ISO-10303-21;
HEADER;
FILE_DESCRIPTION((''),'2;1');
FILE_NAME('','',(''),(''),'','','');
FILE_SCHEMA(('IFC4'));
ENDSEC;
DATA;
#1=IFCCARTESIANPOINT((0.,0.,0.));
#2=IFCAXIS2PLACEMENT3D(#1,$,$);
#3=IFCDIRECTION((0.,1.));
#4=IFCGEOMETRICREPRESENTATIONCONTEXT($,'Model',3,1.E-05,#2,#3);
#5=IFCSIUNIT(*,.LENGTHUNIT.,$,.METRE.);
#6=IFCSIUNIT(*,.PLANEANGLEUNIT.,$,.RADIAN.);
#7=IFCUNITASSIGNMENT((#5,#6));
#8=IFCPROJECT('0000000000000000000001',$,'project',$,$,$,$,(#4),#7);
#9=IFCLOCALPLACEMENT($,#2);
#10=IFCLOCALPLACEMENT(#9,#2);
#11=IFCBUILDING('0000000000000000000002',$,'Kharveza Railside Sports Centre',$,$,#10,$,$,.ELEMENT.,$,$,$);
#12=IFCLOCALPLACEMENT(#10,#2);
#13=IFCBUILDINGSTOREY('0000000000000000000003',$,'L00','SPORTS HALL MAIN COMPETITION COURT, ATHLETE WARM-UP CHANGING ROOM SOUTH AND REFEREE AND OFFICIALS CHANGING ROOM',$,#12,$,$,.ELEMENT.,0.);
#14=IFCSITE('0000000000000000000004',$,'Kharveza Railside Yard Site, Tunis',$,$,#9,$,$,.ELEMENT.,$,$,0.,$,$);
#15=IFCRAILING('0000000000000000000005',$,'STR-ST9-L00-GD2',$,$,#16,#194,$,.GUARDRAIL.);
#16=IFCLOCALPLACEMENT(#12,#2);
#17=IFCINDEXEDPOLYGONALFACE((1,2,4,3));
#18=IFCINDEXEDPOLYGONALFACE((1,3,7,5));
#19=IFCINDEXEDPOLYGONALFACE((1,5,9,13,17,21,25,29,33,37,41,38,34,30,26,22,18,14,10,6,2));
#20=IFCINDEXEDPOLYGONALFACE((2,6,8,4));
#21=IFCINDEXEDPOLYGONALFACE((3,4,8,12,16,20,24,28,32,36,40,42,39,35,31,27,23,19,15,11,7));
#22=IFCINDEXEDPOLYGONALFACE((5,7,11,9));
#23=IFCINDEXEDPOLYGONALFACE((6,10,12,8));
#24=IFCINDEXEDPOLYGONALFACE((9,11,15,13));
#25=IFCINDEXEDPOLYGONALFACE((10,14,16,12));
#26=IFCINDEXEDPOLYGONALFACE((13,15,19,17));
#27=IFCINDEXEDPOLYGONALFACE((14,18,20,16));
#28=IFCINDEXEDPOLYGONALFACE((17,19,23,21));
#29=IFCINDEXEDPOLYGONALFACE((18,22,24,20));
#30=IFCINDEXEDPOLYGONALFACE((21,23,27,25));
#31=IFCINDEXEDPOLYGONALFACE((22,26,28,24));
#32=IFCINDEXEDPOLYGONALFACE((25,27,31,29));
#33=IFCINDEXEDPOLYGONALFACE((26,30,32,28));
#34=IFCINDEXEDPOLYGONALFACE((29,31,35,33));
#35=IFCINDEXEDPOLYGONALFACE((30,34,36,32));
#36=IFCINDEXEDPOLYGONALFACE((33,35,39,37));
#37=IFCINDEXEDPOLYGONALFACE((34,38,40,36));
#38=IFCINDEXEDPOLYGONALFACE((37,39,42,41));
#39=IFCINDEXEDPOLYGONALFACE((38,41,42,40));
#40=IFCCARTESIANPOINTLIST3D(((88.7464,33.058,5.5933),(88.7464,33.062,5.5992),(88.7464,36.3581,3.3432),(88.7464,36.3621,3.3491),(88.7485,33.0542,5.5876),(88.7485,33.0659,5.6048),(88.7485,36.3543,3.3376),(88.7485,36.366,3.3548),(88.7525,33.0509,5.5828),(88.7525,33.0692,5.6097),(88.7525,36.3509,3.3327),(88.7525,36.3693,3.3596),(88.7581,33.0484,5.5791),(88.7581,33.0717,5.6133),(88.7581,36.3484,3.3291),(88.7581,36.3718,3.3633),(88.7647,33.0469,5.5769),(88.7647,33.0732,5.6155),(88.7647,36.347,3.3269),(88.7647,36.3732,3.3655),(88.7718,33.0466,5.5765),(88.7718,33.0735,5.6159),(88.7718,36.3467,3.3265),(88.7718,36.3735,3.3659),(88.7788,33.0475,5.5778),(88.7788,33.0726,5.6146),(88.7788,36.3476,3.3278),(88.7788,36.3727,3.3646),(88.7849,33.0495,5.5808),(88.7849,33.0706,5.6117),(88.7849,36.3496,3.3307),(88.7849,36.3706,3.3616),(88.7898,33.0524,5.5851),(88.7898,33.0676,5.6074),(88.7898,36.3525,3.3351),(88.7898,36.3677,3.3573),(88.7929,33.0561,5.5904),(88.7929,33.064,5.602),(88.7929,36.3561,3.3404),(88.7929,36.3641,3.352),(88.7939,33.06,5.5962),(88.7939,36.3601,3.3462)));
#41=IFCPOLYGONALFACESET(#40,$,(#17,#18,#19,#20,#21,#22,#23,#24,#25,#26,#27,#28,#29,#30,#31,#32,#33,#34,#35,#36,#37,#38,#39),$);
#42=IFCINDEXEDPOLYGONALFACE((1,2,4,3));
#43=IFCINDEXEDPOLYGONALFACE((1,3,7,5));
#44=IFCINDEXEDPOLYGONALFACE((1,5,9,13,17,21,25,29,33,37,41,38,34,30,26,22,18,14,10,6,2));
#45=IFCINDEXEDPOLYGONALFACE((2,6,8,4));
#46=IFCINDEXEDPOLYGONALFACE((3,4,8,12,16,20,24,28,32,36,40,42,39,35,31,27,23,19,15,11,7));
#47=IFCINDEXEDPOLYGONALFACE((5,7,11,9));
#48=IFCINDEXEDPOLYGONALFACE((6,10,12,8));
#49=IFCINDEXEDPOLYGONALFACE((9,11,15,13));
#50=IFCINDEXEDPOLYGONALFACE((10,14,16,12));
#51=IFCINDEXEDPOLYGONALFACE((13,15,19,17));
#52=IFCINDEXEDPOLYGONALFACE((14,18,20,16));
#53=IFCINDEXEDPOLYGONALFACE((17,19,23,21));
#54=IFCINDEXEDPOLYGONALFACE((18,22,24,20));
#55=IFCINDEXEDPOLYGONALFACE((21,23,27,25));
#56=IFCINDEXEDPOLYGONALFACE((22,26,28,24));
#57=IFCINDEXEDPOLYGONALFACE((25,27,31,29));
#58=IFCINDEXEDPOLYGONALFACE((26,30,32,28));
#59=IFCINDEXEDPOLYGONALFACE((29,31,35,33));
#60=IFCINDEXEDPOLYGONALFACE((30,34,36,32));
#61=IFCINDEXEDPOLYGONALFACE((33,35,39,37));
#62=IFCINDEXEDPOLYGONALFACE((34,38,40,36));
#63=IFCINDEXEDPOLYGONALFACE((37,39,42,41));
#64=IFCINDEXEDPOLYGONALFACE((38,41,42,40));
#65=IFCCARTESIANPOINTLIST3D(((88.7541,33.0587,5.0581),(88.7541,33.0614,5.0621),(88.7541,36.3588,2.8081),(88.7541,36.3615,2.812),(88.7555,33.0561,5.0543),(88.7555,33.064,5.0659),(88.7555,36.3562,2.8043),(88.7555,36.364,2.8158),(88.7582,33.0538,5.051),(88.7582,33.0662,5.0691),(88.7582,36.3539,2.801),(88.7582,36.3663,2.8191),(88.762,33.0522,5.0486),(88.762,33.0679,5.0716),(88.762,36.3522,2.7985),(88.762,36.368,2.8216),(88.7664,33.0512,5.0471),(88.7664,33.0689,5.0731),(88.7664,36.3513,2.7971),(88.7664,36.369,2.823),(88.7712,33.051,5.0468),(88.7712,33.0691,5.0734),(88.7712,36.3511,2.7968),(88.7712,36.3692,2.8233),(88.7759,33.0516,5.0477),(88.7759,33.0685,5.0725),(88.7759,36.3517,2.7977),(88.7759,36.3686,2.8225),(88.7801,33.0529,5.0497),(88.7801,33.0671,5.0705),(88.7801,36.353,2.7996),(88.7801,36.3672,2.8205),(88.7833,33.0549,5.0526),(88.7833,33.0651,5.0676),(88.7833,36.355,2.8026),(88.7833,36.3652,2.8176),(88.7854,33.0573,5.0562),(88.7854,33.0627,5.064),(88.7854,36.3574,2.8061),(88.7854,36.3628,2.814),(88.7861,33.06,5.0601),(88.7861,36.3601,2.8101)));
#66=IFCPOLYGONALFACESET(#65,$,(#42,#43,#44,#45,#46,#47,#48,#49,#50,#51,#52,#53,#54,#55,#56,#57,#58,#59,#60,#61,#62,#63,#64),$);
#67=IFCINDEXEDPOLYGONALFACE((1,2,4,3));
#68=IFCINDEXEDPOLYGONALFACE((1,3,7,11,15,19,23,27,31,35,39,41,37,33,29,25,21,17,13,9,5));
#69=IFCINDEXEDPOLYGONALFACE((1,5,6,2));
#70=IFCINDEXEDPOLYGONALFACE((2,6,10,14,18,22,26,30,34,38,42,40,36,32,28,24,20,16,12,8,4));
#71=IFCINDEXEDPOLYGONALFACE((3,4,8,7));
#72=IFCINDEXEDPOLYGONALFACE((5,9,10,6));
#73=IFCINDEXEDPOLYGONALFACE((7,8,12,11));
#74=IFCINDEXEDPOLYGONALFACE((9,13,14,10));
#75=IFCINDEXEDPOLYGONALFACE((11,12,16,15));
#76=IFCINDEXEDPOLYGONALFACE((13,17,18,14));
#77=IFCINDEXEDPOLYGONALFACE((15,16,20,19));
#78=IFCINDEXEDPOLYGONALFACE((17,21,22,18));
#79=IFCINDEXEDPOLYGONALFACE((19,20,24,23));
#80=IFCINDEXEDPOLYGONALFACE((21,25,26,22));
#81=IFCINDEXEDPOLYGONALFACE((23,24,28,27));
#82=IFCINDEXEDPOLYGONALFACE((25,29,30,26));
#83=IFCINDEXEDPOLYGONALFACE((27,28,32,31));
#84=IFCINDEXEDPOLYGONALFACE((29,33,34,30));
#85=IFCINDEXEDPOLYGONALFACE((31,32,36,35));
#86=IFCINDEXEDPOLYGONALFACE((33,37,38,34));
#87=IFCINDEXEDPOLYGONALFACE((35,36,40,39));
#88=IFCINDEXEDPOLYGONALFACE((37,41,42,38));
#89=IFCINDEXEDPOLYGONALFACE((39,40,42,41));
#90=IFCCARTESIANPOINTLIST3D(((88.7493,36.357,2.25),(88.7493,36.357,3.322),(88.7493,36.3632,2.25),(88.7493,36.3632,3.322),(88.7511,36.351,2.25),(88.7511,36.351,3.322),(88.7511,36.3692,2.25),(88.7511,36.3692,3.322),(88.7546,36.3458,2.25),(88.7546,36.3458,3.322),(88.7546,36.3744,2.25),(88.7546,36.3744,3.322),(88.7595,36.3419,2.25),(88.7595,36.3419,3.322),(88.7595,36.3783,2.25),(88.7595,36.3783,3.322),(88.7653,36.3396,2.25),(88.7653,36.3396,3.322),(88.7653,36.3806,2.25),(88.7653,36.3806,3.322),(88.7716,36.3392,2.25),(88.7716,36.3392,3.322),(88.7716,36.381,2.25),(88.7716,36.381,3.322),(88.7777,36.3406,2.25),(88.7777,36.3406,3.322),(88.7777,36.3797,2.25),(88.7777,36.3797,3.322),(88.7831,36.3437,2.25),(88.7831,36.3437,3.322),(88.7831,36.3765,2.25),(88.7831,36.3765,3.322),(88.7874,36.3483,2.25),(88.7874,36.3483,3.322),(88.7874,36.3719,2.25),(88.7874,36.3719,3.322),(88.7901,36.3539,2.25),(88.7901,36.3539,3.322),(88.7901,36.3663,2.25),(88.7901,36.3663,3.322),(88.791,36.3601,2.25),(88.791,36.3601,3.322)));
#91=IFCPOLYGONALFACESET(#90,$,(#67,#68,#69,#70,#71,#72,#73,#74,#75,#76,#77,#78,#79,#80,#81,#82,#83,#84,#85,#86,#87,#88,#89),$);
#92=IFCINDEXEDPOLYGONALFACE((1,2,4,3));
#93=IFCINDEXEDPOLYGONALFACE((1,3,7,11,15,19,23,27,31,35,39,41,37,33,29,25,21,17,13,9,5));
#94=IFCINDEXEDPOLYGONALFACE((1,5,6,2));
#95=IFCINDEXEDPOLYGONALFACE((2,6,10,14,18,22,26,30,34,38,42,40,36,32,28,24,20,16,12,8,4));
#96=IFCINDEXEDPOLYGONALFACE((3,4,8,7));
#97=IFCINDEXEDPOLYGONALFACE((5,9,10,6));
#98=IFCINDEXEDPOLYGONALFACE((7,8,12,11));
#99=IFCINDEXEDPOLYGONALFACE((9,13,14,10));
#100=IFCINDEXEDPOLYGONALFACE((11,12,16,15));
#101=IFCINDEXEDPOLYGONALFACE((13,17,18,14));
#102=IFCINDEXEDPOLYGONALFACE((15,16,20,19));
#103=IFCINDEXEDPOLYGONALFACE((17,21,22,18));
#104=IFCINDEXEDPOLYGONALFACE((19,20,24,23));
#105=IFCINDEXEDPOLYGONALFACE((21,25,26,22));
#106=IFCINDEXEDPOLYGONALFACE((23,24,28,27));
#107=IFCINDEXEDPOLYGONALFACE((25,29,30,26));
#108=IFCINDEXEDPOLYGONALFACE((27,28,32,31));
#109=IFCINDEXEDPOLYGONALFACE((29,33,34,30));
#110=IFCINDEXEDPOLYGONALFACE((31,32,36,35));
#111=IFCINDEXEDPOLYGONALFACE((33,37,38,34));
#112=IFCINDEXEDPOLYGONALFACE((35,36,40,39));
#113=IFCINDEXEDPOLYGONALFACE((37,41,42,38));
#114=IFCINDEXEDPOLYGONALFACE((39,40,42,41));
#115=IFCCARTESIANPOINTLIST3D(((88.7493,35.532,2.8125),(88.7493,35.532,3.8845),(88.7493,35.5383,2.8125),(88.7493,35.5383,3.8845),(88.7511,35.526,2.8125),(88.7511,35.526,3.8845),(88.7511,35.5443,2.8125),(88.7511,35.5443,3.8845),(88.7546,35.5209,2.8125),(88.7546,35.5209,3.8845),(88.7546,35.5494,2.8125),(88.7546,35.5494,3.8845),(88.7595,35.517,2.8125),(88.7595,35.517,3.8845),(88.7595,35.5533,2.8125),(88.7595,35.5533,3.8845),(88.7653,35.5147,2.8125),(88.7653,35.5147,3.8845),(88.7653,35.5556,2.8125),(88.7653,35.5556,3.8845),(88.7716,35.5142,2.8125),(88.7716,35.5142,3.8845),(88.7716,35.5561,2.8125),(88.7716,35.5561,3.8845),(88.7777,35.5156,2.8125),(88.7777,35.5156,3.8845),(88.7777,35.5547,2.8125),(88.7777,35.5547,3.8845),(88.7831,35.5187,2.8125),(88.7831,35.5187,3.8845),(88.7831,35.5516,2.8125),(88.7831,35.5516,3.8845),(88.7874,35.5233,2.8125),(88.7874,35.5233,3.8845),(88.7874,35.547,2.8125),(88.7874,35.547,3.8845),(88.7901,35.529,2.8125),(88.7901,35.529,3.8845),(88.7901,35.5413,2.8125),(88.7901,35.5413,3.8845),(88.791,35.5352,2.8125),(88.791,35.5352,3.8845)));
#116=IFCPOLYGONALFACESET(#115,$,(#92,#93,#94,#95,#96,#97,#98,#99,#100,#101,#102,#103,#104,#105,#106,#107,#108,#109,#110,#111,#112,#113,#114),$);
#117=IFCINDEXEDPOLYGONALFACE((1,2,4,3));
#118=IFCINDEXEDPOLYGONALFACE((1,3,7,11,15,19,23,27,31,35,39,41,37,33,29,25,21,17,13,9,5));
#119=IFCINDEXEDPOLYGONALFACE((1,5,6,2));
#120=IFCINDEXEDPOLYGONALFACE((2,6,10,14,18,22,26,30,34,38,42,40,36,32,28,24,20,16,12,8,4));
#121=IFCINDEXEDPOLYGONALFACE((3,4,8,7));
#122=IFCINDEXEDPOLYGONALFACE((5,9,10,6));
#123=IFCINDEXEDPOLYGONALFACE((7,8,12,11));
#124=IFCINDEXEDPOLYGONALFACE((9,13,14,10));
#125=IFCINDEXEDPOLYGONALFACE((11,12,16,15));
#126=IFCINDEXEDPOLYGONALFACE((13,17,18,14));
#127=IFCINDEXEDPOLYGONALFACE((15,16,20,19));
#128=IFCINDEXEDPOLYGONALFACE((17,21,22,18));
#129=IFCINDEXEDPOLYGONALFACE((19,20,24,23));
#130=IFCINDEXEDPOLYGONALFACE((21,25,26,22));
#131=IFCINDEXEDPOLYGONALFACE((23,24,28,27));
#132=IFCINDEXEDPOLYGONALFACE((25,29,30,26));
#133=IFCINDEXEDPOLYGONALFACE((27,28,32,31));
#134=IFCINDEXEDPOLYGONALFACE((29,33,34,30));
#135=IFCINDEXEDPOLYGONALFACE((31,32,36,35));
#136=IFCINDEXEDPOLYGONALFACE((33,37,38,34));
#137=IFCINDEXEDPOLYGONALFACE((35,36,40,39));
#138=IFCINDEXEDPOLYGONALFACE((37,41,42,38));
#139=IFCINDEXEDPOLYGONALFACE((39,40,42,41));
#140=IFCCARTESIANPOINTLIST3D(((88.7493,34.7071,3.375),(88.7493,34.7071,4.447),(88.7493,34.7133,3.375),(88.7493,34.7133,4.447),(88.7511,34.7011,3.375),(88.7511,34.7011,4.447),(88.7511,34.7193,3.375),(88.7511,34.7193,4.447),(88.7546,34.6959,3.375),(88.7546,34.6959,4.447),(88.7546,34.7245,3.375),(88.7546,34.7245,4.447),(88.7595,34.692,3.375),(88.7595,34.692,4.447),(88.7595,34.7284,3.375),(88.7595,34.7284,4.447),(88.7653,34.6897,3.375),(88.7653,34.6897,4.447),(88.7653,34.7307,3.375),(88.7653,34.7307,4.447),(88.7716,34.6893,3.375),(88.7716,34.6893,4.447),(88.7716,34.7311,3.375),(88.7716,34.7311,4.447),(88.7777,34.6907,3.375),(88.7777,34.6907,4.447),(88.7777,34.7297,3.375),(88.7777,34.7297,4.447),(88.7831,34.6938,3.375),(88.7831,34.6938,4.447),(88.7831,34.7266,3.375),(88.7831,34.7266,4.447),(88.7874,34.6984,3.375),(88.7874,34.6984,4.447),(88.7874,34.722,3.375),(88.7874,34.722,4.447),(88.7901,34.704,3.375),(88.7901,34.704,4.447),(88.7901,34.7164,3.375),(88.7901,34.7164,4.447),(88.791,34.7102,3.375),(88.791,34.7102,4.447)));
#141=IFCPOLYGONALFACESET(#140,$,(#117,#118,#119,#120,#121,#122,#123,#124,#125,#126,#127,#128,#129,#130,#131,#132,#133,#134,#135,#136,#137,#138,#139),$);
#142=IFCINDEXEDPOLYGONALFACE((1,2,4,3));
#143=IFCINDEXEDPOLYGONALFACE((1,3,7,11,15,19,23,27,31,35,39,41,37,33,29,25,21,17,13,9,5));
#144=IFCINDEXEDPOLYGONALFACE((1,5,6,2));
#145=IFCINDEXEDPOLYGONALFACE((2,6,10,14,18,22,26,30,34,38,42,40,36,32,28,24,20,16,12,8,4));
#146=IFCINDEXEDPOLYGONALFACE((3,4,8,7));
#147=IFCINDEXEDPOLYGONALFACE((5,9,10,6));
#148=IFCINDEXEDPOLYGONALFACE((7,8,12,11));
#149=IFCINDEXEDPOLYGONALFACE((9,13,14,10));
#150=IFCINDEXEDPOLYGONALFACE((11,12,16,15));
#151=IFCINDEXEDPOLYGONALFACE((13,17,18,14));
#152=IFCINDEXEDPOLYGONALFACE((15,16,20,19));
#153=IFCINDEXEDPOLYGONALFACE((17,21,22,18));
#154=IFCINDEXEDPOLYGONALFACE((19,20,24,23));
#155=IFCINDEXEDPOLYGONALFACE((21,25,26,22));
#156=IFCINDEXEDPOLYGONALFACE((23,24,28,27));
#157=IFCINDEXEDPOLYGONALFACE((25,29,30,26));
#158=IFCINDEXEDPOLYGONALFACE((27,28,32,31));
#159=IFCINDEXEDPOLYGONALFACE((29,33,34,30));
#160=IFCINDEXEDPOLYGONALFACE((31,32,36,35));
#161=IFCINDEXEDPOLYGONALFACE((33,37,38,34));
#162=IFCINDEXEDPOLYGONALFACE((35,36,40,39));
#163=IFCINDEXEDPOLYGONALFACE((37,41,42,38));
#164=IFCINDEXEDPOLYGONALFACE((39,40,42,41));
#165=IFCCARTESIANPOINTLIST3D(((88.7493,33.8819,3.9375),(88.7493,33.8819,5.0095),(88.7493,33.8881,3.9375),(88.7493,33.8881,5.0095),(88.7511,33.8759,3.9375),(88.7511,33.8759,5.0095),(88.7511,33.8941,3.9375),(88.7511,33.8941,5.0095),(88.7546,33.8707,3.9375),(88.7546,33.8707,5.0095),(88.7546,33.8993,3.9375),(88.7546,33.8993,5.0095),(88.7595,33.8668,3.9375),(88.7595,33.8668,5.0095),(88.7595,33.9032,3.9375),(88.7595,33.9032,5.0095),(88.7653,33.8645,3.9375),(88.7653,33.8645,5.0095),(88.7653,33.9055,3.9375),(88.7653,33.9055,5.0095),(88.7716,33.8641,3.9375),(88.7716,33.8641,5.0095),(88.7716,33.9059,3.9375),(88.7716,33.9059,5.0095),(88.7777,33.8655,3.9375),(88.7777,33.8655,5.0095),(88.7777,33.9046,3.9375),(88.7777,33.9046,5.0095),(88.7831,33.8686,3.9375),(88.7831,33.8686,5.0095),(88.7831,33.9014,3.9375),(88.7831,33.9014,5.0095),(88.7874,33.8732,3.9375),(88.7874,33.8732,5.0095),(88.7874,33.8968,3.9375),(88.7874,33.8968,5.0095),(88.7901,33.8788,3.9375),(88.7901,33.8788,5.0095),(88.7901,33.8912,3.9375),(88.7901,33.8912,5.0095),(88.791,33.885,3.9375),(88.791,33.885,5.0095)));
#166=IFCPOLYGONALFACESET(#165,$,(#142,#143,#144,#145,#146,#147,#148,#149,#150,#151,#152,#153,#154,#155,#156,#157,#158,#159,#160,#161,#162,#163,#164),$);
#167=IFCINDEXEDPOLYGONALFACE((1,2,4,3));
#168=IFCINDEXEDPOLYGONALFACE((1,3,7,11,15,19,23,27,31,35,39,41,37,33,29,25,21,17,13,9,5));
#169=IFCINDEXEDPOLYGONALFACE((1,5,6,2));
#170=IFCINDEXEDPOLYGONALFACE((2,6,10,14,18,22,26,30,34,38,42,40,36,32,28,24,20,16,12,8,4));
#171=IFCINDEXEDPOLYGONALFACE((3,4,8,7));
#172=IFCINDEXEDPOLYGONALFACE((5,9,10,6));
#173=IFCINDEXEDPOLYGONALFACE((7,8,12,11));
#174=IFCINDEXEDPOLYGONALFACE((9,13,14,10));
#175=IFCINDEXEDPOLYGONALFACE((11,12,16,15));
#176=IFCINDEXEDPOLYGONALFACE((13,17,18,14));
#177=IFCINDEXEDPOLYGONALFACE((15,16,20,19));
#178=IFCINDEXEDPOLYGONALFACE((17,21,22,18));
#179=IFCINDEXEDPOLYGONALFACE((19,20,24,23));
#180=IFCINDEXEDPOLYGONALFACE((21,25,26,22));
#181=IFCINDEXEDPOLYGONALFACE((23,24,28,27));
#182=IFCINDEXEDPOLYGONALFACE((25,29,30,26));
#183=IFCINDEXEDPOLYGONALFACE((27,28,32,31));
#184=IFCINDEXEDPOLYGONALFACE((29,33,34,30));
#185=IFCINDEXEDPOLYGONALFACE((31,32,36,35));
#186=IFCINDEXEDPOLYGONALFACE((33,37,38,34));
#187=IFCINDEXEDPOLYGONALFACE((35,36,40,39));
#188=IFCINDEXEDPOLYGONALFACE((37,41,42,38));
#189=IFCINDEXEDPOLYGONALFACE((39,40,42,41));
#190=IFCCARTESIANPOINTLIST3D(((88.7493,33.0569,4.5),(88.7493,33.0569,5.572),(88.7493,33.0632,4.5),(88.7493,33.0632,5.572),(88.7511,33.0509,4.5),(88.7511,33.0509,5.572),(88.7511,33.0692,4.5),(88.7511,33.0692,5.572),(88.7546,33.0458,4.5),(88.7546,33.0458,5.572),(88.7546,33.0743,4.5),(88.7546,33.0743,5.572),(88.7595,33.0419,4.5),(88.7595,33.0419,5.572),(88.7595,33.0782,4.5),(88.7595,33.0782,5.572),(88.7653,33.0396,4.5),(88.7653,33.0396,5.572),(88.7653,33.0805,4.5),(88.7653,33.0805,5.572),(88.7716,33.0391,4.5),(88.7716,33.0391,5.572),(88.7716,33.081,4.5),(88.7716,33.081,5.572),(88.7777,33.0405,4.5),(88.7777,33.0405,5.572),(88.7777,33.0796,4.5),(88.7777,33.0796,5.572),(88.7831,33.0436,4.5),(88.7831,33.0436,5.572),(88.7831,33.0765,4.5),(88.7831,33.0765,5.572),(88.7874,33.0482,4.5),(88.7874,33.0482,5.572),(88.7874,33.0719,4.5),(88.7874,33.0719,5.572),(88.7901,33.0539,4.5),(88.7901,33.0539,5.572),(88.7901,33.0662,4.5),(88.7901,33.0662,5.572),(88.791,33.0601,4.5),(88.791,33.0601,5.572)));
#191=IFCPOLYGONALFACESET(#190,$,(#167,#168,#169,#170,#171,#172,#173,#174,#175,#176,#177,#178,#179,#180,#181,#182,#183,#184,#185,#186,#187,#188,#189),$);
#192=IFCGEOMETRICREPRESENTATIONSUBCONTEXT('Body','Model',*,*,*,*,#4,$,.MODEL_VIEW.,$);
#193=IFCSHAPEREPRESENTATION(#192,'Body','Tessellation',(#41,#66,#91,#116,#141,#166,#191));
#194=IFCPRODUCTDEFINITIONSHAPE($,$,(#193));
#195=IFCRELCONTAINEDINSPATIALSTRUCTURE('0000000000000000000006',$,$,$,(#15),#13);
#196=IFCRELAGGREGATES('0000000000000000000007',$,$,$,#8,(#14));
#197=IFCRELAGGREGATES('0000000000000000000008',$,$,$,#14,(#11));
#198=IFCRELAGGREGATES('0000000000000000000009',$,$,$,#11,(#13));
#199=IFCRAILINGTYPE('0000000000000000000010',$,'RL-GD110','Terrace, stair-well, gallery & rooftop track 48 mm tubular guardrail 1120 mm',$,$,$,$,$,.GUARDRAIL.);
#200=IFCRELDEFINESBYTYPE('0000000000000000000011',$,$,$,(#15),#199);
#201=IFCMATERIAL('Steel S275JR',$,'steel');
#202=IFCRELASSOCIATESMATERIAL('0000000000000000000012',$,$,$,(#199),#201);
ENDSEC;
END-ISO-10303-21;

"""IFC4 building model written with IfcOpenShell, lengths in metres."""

from ifc_helpers import new_model, si_unit, direction, frame, origin, origin_2d, place, context, subcontext, project, spatial, circle, extrude, material, type_object, element, save


model = new_model("IFC4")

# Units and contexts
model_context = context("Model", 3, precision=1e-05, world=origin(), true_north=direction((0.0, 1.0)))
body_context = subcontext(model_context, "Body", "Model", "MODEL_VIEW")
ifc_project = project(units=[si_unit("LENGTHUNIT", "METRE"), si_unit("PLANEANGLEUNIT", "RADIAN")], contexts=[model_context])

# Site, building, storey
site_placement = place(None, origin())
site = spatial("IfcSite", under=ifc_project, at=site_placement, Name="Kharveza Railside Yard Site, Tunis", CompositionType="ELEMENT", RefElevation=0.0)
building_placement = place(site_placement, origin())
building = spatial("IfcBuilding", under=site, at=building_placement, Name="Kharveza Railside Sports Centre", CompositionType="ELEMENT")
storey_placement = place(building_placement, origin())
storey = spatial("IfcBuildingStorey", under=building, at=storey_placement, Name="L00", Description="SPORTS HALL MAIN COMPETITION COURT, ATHLETE WARM-UP CHANGING ROOM SOUTH AND REFEREE AND OFFICIALS CHANGING ROOM", CompositionType="ELEMENT", Elevation=0.0)

# Railing
ifc_material_1 = material(Name="Steel S275JR", Category="steel")
railing_type_1 = type_object("IfcRailingType", Name="RL-GD110", Description="Terrace, stair-well, gallery & rooftop track 48 mm tubular guardrail 1120 mm", PredefinedType="GUARDRAIL", material=ifc_material_1)
railing_1_placement = place(storey_placement, frame((88.77, 36.3601, 2.25)))
element("IfcRailing", 1, at=railing_1_placement, inside=storey, type_object=railing_type_1, Name="STR-ST9-L00-GD2", PredefinedType="GUARDRAIL", context=body_context, shape_type="SweptSolid", body=[
    extrude(circle(Radius=0.0239, at=origin_2d()), frame((0.0, 0.0, 1.0962), z_axis=(0.0, -0.826231, 0.563331), x_axis=(1.0, 0.0, 0.0)), (0.0, 0.0, 1.0), 3.9941),
    extrude(circle(Radius=0.0161, at=origin_2d()), frame((0.0, 0.0, 0.5601), z_axis=(0.0, -0.826231, 0.563331), x_axis=(1.0, 0.0, 0.0)), (0.0, 0.0, 1.0), 3.9941),
    extrude(circle(Radius=0.021, at=origin_2d()), origin(), (0.0, 0.0, 1.0), 1.072),
    extrude(circle(Radius=0.021, at=origin_2d()), frame((0.0, -0.825, 0.5625)), (0.0, 0.0, 1.0), 1.072),
    extrude(circle(Radius=0.021, at=origin_2d()), frame((0.0, -1.6499, 1.125)), (0.0, 0.0, 1.0), 1.072),
    extrude(circle(Radius=0.021, at=origin_2d()), frame((0.0, -2.4751, 1.6875)), (0.0, 0.0, 1.0), 1.072),
    extrude(circle(Radius=0.021, at=origin_2d()), frame((0.0, -3.3, 2.25)), (0.0, 0.0, 1.0), 1.072),
])

save(model, "model.ifc")
